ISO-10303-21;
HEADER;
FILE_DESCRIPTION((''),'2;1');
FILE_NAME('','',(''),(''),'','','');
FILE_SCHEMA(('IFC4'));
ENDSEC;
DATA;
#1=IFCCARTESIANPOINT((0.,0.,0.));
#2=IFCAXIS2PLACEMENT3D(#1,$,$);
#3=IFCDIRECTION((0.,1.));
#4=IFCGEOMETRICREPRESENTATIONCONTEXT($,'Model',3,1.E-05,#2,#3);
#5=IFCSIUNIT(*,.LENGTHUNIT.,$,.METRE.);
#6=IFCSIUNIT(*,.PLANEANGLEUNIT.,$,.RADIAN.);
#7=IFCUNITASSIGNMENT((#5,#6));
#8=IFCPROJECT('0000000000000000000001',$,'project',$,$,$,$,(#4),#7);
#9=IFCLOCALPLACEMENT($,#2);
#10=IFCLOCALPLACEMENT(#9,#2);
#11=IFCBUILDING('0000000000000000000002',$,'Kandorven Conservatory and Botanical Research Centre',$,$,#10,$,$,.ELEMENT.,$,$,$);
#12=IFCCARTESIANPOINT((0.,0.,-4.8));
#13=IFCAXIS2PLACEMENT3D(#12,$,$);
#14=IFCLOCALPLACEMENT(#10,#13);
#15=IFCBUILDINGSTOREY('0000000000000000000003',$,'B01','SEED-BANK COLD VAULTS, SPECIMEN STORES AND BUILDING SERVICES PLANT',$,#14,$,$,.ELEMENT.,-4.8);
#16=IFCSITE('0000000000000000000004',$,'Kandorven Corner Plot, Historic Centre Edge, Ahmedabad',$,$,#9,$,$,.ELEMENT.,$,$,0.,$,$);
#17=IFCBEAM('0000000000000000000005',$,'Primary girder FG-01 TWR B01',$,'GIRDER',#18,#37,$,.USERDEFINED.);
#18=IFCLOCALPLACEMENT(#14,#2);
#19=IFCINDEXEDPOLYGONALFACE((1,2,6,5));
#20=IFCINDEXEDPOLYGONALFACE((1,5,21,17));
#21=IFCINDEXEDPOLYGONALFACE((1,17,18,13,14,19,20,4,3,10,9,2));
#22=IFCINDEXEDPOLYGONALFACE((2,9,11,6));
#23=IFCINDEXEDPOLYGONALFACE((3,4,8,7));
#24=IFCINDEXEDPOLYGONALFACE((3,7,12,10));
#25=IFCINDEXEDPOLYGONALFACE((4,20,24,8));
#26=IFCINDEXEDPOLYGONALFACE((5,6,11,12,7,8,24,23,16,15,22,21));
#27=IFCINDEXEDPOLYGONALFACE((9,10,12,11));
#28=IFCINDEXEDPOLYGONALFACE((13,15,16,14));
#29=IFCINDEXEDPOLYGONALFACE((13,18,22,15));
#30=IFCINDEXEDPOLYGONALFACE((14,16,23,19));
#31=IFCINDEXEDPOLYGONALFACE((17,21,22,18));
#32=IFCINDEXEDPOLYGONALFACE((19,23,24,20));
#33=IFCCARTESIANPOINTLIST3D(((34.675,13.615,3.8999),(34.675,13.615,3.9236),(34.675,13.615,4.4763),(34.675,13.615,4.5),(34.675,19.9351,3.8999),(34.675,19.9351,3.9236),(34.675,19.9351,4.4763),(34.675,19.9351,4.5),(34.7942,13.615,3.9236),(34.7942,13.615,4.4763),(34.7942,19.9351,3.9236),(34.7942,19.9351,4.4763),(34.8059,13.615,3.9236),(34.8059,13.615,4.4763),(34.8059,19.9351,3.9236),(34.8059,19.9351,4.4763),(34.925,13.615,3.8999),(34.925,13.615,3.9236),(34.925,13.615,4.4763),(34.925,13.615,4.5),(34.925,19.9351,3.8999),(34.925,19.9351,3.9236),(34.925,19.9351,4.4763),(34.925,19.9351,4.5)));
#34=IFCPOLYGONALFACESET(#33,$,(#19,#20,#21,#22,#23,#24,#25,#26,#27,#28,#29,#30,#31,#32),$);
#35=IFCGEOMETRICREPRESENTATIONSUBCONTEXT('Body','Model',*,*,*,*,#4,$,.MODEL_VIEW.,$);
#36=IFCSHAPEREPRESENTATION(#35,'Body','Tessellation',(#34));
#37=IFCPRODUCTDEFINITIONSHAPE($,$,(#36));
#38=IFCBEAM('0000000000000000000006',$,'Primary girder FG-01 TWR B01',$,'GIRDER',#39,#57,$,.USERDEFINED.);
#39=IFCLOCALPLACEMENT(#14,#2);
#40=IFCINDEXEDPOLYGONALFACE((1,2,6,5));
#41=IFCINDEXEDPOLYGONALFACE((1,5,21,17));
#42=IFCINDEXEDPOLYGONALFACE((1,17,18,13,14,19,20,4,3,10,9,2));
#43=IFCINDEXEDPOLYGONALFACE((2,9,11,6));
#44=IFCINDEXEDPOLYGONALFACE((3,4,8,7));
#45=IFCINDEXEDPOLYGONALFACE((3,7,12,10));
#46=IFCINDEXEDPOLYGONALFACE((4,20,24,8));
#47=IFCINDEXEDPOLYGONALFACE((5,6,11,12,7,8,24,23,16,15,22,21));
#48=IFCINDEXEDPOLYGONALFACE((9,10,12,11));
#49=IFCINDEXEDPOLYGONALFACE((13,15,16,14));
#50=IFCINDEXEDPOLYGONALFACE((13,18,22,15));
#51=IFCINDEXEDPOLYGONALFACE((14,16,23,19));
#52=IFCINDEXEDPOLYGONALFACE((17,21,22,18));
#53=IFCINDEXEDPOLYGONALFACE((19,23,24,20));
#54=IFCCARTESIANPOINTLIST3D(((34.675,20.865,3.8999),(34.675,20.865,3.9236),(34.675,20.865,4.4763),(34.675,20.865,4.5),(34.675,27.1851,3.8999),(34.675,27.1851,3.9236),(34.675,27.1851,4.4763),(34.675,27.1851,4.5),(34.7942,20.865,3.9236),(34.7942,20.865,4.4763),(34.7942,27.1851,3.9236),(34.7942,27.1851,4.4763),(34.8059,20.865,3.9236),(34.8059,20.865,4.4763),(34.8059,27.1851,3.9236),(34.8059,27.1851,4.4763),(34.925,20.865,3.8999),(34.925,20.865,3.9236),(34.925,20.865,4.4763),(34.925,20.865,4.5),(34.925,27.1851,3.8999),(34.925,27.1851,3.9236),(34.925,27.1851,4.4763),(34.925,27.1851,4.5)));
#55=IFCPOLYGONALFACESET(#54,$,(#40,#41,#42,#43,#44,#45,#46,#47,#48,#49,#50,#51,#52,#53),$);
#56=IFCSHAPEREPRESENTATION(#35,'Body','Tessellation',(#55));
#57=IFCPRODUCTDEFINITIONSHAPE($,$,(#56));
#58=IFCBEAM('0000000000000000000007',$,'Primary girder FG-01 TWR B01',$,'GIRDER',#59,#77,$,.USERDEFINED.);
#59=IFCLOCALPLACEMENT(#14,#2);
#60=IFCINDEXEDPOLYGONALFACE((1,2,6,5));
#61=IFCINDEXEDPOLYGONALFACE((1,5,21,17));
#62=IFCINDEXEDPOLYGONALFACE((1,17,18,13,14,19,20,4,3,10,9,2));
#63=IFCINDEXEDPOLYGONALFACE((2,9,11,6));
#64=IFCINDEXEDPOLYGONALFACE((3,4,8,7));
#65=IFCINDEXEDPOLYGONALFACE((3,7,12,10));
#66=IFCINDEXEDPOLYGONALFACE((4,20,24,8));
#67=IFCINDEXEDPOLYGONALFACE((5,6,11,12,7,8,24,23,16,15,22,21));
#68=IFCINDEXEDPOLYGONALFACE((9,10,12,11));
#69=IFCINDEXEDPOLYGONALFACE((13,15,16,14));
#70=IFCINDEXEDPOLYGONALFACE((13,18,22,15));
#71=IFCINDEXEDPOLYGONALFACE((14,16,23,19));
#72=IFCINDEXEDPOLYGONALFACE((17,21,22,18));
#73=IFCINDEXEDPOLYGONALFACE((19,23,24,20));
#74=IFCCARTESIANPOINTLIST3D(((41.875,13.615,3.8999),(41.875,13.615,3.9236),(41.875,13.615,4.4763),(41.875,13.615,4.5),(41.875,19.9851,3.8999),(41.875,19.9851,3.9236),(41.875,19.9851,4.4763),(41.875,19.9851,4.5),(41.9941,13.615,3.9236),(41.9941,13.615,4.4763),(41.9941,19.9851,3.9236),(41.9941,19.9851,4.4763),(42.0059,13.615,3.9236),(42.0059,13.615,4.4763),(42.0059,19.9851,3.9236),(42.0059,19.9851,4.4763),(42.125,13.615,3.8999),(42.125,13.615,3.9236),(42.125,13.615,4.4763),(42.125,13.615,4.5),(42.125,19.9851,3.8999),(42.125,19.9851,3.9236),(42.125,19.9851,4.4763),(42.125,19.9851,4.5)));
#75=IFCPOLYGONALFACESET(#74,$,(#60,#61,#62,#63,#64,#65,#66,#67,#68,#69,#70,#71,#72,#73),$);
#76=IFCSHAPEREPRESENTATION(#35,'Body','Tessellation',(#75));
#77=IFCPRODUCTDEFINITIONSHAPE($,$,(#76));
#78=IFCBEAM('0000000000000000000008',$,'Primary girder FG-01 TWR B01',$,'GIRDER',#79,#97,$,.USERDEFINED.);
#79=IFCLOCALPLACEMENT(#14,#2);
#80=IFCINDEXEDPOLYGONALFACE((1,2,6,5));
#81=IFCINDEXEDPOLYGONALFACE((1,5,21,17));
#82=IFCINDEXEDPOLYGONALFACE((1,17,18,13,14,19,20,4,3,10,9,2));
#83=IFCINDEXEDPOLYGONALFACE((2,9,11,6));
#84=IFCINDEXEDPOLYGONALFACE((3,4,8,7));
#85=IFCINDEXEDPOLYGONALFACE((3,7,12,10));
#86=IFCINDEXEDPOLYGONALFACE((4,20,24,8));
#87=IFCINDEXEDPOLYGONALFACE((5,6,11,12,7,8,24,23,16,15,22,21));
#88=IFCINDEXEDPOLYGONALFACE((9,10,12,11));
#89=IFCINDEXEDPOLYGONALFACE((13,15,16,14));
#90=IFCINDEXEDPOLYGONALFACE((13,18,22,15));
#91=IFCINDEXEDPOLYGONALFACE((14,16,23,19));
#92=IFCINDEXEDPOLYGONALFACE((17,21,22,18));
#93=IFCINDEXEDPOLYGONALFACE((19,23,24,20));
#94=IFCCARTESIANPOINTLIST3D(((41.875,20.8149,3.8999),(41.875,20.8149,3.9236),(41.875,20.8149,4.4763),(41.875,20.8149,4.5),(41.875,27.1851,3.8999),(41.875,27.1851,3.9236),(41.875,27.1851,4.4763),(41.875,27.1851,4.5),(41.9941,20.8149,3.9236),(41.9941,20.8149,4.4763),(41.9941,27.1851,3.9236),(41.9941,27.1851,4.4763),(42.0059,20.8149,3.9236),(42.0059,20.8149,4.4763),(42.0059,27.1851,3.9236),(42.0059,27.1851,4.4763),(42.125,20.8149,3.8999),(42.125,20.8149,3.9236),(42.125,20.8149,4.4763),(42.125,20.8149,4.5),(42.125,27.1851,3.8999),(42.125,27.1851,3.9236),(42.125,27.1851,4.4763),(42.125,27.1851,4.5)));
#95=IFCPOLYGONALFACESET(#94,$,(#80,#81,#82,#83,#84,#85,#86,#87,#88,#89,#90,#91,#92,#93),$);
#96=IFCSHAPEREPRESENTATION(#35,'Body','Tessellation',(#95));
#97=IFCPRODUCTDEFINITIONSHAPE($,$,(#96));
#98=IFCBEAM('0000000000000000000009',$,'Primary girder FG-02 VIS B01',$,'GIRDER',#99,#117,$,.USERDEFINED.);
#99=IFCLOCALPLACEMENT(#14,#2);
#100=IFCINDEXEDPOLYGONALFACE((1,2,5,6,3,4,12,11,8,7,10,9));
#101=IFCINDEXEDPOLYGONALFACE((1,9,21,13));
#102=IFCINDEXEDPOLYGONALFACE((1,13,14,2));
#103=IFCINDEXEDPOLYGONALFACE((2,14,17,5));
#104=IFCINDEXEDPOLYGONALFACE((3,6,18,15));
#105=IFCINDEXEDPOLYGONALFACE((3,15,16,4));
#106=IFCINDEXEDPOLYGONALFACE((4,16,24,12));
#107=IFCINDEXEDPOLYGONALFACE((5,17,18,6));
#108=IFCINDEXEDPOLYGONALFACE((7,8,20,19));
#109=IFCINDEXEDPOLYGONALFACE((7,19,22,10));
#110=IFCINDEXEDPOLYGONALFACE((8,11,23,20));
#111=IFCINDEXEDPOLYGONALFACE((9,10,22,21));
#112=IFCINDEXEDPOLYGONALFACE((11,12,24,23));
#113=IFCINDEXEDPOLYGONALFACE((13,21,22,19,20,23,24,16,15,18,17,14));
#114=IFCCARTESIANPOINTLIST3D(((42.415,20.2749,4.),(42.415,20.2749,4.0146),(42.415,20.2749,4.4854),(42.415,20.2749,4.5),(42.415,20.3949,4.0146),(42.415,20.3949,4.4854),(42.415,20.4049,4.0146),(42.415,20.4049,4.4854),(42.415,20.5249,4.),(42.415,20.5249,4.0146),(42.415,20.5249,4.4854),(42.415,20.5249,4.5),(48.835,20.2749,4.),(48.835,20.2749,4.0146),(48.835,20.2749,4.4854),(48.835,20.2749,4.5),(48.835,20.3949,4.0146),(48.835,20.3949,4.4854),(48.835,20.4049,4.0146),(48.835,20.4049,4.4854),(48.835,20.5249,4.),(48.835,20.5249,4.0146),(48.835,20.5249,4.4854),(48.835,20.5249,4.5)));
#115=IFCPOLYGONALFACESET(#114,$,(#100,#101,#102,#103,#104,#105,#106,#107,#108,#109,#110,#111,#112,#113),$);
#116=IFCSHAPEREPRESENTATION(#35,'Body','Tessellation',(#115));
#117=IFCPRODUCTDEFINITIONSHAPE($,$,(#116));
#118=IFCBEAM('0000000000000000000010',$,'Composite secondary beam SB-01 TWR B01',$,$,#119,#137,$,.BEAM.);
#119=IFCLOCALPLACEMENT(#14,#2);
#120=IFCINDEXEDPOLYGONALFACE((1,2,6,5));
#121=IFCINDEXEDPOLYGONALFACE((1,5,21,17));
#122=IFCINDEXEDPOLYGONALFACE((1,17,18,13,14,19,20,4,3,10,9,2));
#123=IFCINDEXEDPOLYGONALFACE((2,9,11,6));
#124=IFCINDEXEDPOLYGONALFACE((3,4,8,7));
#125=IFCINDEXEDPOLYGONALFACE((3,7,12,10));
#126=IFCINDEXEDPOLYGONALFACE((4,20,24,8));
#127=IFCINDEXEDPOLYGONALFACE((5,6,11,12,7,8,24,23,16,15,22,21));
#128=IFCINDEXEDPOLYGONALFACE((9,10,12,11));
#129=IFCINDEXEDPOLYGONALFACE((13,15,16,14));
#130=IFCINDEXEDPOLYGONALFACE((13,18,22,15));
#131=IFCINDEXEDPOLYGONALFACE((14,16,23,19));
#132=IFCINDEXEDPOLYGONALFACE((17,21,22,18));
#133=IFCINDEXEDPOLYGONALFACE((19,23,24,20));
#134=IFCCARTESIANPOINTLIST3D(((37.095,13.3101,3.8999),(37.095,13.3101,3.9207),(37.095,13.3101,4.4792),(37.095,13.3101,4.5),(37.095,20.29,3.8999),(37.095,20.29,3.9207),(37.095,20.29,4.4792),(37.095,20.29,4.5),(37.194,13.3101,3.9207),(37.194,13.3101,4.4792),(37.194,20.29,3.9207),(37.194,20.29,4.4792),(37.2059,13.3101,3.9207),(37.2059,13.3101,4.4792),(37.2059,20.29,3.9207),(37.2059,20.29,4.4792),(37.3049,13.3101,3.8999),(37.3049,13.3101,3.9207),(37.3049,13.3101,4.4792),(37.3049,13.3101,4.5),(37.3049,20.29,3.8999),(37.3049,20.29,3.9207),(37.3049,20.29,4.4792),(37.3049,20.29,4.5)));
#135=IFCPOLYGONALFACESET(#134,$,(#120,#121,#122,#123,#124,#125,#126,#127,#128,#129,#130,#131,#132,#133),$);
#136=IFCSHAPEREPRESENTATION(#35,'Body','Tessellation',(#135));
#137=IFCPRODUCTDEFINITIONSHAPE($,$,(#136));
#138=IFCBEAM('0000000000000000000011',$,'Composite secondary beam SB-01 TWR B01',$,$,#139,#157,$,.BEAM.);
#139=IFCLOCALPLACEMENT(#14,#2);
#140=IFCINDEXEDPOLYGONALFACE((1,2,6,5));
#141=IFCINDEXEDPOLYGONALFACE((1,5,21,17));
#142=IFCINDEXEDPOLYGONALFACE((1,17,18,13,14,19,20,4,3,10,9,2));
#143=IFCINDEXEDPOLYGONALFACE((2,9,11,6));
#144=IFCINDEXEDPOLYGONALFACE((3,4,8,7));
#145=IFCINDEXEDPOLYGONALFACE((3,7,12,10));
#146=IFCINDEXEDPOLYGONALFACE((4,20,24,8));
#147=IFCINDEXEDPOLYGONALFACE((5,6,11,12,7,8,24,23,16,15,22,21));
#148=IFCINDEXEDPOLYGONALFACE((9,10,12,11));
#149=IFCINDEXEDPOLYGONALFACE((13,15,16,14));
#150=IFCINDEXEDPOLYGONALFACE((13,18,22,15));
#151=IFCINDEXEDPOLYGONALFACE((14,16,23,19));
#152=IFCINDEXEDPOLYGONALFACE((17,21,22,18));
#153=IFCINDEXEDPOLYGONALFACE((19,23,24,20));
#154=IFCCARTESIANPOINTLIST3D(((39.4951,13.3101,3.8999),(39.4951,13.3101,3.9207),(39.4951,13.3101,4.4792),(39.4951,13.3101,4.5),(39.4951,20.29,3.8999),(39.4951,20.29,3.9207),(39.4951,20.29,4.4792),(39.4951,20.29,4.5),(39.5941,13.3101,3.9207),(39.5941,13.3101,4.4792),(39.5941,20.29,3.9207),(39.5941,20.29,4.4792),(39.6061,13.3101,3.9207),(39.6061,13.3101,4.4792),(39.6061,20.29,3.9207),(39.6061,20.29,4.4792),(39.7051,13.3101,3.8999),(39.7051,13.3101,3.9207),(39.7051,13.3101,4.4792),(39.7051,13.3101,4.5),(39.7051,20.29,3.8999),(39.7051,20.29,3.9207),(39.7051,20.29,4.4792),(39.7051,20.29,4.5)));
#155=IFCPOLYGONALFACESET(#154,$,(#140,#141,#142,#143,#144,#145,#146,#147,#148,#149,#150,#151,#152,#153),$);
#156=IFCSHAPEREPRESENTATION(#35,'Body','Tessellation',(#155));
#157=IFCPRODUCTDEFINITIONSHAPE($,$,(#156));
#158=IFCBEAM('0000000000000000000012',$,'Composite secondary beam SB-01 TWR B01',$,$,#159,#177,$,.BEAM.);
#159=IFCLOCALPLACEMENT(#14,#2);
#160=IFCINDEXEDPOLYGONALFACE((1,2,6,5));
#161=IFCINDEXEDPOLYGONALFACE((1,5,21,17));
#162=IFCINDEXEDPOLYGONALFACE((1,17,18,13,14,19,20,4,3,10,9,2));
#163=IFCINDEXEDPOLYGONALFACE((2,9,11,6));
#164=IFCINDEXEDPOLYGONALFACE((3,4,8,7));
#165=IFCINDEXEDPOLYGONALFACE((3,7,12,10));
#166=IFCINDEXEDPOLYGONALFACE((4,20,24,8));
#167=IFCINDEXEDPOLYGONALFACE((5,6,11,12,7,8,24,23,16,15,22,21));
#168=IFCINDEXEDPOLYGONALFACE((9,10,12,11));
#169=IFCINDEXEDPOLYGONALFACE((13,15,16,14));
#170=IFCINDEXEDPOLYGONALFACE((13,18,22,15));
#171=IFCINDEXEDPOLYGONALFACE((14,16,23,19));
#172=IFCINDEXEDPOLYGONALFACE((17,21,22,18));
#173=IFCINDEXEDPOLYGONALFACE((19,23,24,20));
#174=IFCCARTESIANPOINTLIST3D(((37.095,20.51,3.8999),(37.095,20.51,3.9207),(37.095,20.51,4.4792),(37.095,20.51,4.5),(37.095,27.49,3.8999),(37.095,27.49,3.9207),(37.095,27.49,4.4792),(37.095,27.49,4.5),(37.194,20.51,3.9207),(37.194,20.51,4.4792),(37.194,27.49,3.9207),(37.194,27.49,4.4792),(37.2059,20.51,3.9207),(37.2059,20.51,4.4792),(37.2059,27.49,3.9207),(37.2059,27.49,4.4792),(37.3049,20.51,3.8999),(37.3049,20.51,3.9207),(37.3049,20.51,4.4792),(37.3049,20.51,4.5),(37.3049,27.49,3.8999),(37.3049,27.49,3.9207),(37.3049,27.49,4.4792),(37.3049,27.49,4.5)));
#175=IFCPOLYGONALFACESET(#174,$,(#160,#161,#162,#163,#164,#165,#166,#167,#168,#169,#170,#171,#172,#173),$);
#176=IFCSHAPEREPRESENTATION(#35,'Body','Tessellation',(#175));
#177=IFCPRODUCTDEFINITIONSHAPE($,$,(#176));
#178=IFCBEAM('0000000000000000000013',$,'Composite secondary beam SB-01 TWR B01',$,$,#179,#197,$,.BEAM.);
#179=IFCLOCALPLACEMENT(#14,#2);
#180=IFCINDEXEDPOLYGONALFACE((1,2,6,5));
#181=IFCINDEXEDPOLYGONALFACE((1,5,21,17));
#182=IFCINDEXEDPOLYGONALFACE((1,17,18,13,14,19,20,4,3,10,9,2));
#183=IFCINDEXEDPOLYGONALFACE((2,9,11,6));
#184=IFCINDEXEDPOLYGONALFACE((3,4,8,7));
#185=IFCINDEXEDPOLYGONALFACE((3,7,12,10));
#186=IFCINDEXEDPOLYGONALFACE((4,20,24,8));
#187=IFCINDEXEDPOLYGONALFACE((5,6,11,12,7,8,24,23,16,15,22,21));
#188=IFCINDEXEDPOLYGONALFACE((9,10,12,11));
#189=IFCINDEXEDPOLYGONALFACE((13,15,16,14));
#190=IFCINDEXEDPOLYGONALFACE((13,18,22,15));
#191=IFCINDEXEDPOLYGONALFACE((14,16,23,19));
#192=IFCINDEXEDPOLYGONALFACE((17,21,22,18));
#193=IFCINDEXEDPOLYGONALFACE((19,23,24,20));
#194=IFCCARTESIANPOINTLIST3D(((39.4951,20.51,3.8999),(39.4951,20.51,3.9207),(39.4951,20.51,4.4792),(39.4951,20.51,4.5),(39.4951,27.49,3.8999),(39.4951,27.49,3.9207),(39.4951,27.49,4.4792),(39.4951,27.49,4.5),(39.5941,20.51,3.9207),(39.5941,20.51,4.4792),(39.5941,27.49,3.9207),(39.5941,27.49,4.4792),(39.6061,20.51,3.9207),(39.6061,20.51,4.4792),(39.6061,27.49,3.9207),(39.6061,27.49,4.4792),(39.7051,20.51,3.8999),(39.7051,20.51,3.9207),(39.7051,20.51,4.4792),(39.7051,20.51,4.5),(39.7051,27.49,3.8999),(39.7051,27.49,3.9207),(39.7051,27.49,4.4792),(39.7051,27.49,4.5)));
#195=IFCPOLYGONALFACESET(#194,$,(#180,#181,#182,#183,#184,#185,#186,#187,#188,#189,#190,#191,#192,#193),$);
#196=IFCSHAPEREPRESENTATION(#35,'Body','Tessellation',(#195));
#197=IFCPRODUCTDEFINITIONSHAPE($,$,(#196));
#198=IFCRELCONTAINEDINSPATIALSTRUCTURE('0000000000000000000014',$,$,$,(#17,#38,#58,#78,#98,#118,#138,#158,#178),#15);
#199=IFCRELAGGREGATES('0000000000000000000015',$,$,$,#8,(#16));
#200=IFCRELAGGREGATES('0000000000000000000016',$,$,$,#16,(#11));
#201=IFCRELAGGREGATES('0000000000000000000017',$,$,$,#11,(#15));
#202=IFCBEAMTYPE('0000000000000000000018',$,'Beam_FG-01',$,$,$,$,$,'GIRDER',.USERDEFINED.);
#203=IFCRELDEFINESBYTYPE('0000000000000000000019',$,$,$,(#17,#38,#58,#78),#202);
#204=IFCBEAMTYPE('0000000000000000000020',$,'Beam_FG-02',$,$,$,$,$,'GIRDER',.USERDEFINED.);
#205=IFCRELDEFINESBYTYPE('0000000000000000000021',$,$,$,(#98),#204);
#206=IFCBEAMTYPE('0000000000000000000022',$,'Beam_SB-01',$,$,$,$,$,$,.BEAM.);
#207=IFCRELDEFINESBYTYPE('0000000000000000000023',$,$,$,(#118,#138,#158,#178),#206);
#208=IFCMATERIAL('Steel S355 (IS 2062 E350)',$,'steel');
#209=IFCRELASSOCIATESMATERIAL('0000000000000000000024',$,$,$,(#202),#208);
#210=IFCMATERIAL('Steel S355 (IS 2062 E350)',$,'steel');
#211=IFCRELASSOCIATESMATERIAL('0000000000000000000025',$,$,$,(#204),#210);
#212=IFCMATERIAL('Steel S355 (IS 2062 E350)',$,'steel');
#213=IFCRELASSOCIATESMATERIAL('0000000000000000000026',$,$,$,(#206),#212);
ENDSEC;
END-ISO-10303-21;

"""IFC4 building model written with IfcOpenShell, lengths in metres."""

from ifc_helpers import new_model, si_unit, direction, frame, origin, origin_2d, place, context, subcontext, project, spatial, i_section, extrude, material, material_profile, profile_set, type_object, element, save


model = new_model("IFC4")

# Units and contexts
model_context = context("Model", 3, precision=1e-05, world=origin(), true_north=direction((0.0, 1.0)))
body_context = subcontext(model_context, "Body", "Model", "MODEL_VIEW")
ifc_project = project(units=[si_unit("LENGTHUNIT", "METRE"), si_unit("PLANEANGLEUNIT", "RADIAN")], contexts=[model_context])

# Site, building, storey
site_placement = place(None, origin())
site = spatial("IfcSite", under=ifc_project, at=site_placement, Name="Kandorven Corner Plot, Historic Centre Edge, Ahmedabad", CompositionType="ELEMENT", RefElevation=0.0)
building_placement = place(site_placement, origin())
building = spatial("IfcBuilding", under=site, at=building_placement, Name="Kandorven Conservatory and Botanical Research Centre", CompositionType="ELEMENT")
storey_placement = place(building_placement, frame((0.0, 0.0, -4.8)))
storey = spatial("IfcBuildingStorey", under=building, at=storey_placement, Name="B01", Description="SEED-BANK COLD VAULTS, SPECIMEN STORES AND BUILDING SERVICES PLANT", CompositionType="ELEMENT", Elevation=-4.8)

# Beams
ifc_material_1 = material(Name="Steel S355 (IS 2062 E350)", Category="steel")
ifc_material_profile_1 = material_profile(ifc_material_1, i_section(OverallWidth=0.25, OverallDepth=0.6001, WebThickness=0.0117, FlangeThickness=0.0237, at=origin_2d()))
ifc_profile_set_1 = profile_set([ifc_material_profile_1], Name="Steel S355 (IS 2062 E350)")
beam_type_1 = type_object("IfcBeamType", Name="Beam_FG-01", ElementType="GIRDER", PredefinedType="USERDEFINED", material=ifc_profile_set_1)
for number, where, z_axis, x_axis, name in (
    (1, (34.8, 13.615, 4.2), (0.0, 1.0, 0.0), (-1.0, 0.0, 0.0), "Primary girder FG-01 TWR B01"),
    (2, (34.8, 20.865, 4.2), (0.0, 1.0, 0.0), (-1.0, 0.0, 0.0), "Primary girder FG-01 TWR B01"),
):
    element("IfcBeam", number, at=place(storey_placement, frame(where, z_axis=z_axis, x_axis=x_axis)), inside=storey, type_object=beam_type_1, Name=name, ObjectType="GIRDER", PredefinedType="USERDEFINED", context=body_context, shape_type="SweptSolid", body=[
        extrude(i_section(OverallWidth=0.25, OverallDepth=0.6001, WebThickness=0.0117, FlangeThickness=0.0237, at=origin_2d()), origin(), (0.0, 0.0, 1.0), 6.3201),
    ])
for number, where, z_axis, x_axis, name in (
    (3, (42.0, 13.615, 4.2), (0.0, 1.0, 0.0), (-1.0, 0.0, 0.0), "Primary girder FG-01 TWR B01"),
    (4, (42.0, 20.8149, 4.2), (0.0, 1.0, 0.0), (-1.0, 0.0, 0.0), "Primary girder FG-01 TWR B01"),
):
    element("IfcBeam", number, at=place(storey_placement, frame(where, z_axis=z_axis, x_axis=x_axis)), inside=storey, type_object=beam_type_1, Name=name, ObjectType="GIRDER", PredefinedType="USERDEFINED", context=body_context, shape_type="SweptSolid", body=[
        extrude(i_section(OverallWidth=0.25, OverallDepth=0.6001, WebThickness=0.0117, FlangeThickness=0.0237, at=origin_2d()), origin(), (0.0, 0.0, 1.0), 6.3701),
    ])
ifc_material_2 = material(Name="Steel S355 (IS 2062 E350)", Category="steel")
ifc_material_profile_2 = material_profile(ifc_material_2, i_section(OverallWidth=0.25, OverallDepth=0.5, WebThickness=0.01, FlangeThickness=0.0146, at=origin_2d()))
ifc_profile_set_2 = profile_set([ifc_material_profile_2], Name="Steel S355 (IS 2062 E350)")
beam_type_2 = type_object("IfcBeamType", Name="Beam_FG-02", ElementType="GIRDER", PredefinedType="USERDEFINED", material=ifc_profile_set_2)
beam_placement = place(storey_placement, frame((42.415, 20.3999, 4.25), z_axis=(1.0, 0.0, 0.0), x_axis=(0.0, 1.0, 0.0)))
element("IfcBeam", 5, at=beam_placement, inside=storey, type_object=beam_type_2, Name="Primary girder FG-02 VIS B01", ObjectType="GIRDER", PredefinedType="USERDEFINED", context=body_context, shape_type="SweptSolid", body=[
    extrude(i_section(OverallWidth=0.25, OverallDepth=0.5, WebThickness=0.01, FlangeThickness=0.0146, at=origin_2d()), origin(), (0.0, 0.0, 1.0), 6.4199),
])
ifc_material_3 = material(Name="Steel S355 (IS 2062 E350)", Category="steel")
ifc_material_profile_3 = material_profile(ifc_material_3, i_section(OverallWidth=0.21, OverallDepth=0.6001, WebThickness=0.012, FlangeThickness=0.0208, at=origin_2d()))
ifc_profile_set_3 = profile_set([ifc_material_profile_3], Name="Steel S355 (IS 2062 E350)")
beam_type_3 = type_object("IfcBeamType", Name="Beam_SB-01", PredefinedType="BEAM", material=ifc_profile_set_3)
for number, where, z_axis, x_axis, name in (
    (6, (37.2, 13.3101, 4.2), (0.0, 1.0, 0.0), (-1.0, 0.0, 0.0), "Composite secondary beam SB-01 TWR B01"),
    (7, (39.6001, 13.3101, 4.2), (0.0, 1.0, 0.0), (-1.0, 0.0, 0.0), "Composite secondary beam SB-01 TWR B01"),
    (8, (37.2, 20.51, 4.2), (0.0, 1.0, 0.0), (-1.0, 0.0, 0.0), "Composite secondary beam SB-01 TWR B01"),
    (9, (39.6001, 20.51, 4.2), (0.0, 1.0, 0.0), (-1.0, 0.0, 0.0), "Composite secondary beam SB-01 TWR B01"),
):
    element("IfcBeam", number, at=place(storey_placement, frame(where, z_axis=z_axis, x_axis=x_axis)), inside=storey, type_object=beam_type_3, Name=name, PredefinedType="BEAM", context=body_context, shape_type="SweptSolid", body=[
        extrude(i_section(OverallWidth=0.21, OverallDepth=0.6001, WebThickness=0.012, FlangeThickness=0.0208, at=origin_2d()), origin(), (0.0, 0.0, 1.0), 6.98),
    ])

save(model, "model.ifc")
